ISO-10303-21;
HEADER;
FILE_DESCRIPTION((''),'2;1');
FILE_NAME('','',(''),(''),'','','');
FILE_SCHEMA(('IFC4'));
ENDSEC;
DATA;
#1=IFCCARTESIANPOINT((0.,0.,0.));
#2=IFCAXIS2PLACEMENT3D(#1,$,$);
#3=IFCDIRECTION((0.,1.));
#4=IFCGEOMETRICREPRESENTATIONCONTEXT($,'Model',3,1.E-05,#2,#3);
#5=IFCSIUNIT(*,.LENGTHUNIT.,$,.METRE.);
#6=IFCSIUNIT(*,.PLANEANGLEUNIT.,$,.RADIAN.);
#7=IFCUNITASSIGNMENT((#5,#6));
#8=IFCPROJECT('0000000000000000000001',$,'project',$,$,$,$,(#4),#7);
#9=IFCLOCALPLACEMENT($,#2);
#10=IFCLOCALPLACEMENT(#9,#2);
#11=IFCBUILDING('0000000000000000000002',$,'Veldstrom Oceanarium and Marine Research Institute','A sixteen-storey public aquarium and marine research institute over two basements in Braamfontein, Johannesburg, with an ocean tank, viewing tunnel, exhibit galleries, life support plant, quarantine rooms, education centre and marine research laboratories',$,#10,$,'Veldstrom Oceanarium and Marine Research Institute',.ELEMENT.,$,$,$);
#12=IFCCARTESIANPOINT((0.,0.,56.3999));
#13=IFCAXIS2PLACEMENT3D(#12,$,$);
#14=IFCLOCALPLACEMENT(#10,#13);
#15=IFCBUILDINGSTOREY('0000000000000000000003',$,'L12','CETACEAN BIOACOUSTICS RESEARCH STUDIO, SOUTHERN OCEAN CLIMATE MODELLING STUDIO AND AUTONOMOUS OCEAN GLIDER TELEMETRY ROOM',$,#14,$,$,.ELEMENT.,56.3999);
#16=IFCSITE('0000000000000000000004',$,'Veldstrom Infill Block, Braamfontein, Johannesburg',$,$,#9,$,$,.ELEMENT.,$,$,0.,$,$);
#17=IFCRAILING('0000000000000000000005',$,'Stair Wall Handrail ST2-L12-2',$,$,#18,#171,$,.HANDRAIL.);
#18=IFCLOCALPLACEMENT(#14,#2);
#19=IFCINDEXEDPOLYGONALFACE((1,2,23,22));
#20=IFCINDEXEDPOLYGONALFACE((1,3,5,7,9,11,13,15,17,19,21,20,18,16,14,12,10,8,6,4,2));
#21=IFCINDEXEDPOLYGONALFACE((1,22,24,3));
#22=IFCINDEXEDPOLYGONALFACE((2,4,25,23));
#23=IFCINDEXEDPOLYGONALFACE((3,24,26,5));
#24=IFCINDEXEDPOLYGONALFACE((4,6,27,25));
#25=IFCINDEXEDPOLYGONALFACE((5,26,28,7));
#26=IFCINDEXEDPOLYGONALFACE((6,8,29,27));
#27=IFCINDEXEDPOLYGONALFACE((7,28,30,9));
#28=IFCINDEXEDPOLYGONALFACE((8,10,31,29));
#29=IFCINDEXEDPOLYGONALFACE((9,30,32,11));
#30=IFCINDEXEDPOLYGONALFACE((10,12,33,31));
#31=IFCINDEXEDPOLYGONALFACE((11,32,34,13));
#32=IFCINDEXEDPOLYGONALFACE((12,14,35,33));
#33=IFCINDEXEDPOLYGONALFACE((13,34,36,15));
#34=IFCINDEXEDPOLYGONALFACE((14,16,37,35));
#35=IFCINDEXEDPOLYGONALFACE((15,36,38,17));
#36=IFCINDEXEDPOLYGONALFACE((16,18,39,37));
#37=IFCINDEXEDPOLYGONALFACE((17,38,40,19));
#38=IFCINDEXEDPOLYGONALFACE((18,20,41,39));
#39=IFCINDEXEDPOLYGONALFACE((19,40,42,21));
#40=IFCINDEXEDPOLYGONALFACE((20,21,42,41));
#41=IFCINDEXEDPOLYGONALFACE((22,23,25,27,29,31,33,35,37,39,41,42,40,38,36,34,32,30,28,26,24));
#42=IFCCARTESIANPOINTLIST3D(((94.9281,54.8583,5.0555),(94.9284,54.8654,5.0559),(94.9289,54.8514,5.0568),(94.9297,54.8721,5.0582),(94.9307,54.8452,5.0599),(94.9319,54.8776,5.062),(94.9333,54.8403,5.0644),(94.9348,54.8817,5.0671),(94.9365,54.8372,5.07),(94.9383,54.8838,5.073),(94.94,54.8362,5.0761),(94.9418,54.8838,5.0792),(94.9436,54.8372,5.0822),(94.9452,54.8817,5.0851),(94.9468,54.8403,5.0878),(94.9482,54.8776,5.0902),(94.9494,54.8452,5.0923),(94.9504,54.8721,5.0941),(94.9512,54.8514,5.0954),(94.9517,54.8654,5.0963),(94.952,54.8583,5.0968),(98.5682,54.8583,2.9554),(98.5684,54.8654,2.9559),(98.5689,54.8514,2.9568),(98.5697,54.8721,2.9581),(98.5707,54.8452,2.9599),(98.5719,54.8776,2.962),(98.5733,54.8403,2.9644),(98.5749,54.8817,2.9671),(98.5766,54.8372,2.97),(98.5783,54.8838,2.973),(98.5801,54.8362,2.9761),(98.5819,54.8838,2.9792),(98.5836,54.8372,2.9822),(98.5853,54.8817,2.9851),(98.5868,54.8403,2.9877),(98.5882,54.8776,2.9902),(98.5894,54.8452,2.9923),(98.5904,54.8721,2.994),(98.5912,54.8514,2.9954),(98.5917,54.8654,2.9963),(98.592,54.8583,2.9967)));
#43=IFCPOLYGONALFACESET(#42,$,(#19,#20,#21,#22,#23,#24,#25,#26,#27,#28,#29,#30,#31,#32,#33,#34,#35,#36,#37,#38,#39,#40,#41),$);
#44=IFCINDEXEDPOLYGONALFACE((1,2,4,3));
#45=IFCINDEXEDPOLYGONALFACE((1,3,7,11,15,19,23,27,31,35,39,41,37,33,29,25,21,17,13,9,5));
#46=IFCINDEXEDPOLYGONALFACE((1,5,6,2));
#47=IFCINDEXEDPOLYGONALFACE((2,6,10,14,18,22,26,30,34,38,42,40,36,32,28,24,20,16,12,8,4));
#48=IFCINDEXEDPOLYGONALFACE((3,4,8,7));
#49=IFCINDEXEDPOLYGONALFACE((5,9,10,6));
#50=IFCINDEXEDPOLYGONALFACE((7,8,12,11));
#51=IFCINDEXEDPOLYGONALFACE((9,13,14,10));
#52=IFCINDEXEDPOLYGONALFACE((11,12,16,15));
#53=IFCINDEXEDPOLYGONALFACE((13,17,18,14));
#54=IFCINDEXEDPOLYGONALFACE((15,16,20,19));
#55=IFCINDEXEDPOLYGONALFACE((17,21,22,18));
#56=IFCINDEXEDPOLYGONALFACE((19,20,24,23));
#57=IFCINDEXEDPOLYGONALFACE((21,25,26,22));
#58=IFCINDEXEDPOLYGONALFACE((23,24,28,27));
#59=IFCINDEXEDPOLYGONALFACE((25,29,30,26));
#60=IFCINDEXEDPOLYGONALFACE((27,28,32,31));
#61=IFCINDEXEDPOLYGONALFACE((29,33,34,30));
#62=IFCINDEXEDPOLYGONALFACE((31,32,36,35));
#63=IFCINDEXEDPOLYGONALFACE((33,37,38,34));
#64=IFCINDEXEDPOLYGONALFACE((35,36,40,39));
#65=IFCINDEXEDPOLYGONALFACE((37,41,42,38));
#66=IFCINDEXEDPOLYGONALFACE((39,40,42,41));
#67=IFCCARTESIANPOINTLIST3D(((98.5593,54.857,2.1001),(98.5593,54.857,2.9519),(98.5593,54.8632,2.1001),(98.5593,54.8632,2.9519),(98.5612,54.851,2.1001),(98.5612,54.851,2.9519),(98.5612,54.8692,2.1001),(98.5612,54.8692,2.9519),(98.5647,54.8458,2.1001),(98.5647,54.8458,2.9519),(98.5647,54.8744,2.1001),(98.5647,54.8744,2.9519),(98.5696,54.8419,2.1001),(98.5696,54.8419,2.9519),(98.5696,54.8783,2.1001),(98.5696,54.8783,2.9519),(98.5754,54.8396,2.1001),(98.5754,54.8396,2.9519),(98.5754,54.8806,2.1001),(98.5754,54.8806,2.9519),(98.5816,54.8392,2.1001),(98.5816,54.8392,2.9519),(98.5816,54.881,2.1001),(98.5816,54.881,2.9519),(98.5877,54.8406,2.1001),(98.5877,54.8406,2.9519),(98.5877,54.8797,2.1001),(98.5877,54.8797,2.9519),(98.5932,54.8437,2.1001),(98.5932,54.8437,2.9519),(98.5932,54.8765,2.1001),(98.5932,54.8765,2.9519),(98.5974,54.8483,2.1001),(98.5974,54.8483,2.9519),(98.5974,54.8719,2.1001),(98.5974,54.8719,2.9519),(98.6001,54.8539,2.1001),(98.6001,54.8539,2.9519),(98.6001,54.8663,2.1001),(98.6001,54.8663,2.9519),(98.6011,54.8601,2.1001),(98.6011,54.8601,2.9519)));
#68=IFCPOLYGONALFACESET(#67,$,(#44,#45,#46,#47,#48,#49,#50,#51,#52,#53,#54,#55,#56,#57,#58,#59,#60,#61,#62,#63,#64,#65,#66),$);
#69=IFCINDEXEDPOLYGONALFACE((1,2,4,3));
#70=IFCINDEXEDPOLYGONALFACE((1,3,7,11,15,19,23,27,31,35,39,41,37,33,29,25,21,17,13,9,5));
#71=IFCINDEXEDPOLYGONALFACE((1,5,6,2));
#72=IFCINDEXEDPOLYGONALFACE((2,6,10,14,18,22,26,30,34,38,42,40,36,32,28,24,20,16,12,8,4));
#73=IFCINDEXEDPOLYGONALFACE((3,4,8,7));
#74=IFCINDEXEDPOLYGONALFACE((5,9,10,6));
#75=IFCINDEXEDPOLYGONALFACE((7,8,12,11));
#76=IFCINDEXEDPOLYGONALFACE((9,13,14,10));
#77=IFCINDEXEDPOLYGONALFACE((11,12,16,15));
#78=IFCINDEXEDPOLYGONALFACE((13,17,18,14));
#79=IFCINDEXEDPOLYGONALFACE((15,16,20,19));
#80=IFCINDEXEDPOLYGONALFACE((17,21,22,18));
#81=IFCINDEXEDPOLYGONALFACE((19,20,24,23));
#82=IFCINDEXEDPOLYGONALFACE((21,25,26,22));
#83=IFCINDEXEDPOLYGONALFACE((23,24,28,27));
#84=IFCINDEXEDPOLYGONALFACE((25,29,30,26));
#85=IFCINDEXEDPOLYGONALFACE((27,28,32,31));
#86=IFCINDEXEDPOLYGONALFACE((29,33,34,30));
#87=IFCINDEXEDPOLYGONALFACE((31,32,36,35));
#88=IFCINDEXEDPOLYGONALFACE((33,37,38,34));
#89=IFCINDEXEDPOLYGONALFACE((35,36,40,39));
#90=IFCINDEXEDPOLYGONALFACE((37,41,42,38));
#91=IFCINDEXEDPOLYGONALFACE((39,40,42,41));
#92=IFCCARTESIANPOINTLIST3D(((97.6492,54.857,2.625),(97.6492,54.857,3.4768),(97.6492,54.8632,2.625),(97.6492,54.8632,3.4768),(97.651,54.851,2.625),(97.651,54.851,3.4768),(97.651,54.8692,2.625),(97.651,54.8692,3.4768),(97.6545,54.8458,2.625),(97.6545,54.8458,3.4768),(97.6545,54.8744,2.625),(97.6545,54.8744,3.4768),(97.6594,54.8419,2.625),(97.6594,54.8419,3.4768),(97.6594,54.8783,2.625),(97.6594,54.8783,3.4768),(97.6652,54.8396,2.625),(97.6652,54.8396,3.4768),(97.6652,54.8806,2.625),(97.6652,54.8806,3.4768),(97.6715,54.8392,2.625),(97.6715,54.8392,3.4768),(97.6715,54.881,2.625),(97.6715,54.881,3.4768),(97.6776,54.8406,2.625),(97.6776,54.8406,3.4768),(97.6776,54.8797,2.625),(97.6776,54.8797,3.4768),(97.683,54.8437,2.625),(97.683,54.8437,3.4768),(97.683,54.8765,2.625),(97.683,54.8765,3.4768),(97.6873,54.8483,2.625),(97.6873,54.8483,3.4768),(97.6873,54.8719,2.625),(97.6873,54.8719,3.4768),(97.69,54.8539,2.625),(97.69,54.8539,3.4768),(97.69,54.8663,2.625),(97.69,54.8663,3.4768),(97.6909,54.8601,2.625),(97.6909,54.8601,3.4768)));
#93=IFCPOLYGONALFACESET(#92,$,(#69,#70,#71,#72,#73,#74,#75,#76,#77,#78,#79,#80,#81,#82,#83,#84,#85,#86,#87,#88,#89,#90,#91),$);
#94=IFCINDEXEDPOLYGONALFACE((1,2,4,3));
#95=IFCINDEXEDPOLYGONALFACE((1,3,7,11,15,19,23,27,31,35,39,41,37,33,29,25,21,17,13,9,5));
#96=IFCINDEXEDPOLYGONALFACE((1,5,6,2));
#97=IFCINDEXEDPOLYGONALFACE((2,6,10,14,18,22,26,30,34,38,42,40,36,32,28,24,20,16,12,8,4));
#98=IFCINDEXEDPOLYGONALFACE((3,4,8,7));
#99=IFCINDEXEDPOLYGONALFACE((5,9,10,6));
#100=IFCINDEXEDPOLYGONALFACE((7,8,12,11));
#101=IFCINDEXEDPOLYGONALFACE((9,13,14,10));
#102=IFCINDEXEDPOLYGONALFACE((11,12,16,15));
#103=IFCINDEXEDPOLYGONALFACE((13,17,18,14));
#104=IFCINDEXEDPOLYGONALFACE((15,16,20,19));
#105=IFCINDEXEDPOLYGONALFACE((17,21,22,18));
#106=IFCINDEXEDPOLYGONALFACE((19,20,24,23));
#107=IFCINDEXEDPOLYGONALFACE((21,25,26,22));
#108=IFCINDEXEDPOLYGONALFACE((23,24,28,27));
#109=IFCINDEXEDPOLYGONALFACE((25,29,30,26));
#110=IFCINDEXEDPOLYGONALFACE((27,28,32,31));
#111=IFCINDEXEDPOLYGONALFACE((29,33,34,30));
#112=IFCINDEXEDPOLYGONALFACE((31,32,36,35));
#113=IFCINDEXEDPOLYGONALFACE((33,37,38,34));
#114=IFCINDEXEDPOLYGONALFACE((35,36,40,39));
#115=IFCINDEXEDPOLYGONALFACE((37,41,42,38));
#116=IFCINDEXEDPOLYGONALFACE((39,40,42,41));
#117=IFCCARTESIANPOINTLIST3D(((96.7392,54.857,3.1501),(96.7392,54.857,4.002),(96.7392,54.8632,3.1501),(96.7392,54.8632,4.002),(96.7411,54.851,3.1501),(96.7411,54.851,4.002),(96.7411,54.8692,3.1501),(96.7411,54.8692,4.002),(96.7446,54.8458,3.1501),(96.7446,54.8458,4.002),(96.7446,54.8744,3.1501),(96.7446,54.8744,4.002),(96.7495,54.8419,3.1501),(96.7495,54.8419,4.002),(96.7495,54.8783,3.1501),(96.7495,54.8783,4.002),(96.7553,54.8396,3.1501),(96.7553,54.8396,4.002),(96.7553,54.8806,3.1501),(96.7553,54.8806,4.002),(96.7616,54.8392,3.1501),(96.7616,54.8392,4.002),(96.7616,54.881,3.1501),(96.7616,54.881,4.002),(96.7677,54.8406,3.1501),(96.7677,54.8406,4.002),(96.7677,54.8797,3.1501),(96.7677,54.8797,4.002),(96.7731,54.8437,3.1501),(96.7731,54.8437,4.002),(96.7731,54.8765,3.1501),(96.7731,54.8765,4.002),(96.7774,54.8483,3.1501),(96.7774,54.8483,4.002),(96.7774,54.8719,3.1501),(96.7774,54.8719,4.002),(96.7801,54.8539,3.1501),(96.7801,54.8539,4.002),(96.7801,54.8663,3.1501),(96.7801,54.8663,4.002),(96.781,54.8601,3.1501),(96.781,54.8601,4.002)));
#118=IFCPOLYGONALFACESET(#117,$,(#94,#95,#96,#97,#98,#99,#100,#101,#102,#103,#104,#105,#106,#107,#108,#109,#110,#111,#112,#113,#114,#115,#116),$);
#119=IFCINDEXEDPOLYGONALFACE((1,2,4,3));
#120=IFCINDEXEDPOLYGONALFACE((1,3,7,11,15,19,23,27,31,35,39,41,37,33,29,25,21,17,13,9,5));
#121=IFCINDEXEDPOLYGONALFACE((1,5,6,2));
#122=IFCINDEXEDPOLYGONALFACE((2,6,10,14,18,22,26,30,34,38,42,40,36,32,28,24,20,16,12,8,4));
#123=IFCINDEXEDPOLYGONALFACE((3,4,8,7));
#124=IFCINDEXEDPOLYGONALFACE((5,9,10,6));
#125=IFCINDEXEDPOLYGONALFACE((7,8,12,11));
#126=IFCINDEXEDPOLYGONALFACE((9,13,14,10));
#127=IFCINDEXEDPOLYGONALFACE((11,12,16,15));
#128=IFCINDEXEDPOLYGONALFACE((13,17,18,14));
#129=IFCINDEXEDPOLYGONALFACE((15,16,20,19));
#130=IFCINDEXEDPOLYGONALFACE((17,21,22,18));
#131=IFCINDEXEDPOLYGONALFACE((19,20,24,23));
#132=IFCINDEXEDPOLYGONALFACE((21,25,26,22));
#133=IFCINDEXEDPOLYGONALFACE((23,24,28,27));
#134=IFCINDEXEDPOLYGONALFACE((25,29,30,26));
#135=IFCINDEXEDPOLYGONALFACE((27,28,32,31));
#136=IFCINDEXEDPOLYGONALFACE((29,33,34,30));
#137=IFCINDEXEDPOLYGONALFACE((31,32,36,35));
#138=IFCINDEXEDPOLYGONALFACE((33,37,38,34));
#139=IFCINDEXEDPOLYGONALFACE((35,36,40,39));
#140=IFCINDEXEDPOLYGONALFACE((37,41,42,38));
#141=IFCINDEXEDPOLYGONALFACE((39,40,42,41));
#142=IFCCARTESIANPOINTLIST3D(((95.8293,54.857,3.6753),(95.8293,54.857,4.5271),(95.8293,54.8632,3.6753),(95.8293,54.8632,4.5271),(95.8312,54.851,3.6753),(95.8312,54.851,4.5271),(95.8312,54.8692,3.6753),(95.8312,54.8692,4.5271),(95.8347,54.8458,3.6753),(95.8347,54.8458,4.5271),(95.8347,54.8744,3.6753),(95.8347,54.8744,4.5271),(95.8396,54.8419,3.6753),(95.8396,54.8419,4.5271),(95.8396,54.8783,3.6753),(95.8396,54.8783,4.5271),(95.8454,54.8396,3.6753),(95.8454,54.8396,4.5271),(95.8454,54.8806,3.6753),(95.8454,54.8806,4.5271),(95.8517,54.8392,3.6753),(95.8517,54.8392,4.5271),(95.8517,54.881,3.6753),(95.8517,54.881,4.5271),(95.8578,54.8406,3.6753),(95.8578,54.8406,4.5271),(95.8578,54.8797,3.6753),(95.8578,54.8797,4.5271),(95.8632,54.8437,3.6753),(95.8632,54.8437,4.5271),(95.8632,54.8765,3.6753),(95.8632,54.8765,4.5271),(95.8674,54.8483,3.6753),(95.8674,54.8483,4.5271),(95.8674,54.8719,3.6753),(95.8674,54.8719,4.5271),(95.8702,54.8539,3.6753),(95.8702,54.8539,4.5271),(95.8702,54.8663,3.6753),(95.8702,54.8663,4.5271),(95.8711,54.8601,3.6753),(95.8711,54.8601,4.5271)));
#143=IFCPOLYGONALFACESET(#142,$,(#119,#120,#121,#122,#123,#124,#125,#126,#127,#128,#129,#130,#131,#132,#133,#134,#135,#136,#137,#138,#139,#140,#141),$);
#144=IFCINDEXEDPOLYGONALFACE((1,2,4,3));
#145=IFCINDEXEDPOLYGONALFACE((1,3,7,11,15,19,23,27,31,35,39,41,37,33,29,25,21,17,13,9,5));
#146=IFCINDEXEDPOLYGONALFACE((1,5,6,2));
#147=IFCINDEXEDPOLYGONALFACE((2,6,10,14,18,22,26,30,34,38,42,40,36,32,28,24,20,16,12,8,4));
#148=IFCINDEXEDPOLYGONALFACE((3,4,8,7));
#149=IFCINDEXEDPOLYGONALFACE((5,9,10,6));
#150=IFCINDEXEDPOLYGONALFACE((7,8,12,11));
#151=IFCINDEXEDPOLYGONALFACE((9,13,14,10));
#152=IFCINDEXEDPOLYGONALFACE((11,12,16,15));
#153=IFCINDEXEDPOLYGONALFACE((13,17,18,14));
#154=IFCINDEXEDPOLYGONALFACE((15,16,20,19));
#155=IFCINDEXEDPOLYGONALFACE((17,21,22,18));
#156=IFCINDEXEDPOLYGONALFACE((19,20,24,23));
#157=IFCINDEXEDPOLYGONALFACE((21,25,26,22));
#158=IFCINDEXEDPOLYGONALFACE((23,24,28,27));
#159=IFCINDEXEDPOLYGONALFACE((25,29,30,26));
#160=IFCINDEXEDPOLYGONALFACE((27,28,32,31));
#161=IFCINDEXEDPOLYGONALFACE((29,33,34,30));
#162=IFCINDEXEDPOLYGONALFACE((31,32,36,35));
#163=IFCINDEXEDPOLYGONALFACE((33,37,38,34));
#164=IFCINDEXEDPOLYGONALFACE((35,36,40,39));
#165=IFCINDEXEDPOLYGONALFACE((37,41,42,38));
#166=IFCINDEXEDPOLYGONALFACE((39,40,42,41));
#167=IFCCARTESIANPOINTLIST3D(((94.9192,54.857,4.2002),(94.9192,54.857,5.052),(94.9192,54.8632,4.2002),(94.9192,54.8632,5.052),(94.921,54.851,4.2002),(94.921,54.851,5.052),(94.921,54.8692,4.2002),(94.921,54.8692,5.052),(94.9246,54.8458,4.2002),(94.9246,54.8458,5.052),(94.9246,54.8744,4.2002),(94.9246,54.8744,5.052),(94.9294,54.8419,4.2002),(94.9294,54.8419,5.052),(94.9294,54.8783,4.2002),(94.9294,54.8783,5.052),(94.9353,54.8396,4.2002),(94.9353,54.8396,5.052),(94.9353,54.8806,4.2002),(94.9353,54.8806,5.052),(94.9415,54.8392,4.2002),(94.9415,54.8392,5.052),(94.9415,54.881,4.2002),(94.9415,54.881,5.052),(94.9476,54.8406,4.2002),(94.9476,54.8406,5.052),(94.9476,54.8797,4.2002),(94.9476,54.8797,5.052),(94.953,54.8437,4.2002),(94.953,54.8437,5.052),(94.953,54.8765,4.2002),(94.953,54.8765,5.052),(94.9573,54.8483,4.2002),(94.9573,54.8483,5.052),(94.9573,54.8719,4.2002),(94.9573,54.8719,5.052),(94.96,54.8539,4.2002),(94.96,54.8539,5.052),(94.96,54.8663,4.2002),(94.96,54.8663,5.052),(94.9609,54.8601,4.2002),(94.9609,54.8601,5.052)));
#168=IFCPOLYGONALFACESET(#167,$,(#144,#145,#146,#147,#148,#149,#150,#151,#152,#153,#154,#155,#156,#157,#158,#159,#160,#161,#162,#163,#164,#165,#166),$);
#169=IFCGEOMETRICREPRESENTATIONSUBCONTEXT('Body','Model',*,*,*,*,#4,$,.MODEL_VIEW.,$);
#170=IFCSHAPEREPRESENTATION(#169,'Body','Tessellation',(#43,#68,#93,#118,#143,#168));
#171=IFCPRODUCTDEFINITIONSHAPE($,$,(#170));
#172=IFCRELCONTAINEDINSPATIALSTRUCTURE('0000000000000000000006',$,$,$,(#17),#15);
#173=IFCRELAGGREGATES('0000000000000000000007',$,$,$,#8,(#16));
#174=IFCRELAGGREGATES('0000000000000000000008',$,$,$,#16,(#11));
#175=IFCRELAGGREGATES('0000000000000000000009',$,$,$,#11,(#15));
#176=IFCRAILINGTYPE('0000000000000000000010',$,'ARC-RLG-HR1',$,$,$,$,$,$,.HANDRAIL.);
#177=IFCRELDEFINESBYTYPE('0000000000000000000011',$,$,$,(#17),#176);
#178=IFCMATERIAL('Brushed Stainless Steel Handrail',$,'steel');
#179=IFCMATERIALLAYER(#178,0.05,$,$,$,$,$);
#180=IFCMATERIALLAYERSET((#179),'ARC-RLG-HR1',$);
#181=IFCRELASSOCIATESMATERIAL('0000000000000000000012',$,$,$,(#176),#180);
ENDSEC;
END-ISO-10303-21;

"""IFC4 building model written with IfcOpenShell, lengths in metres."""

from ifc_helpers import new_model, si_unit, direction, frame, origin, origin_2d, place, context, subcontext, project, spatial, circle, extrude, material, layer, layer_set, type_object, element, save


model = new_model("IFC4")

# Units and contexts
model_context = context("Model", 3, precision=1e-05, world=origin(), true_north=direction((0.0, 1.0)))
body_context = subcontext(model_context, "Body", "Model", "MODEL_VIEW")
ifc_project = project(units=[si_unit("LENGTHUNIT", "METRE"), si_unit("PLANEANGLEUNIT", "RADIAN")], contexts=[model_context])

# Site, building, storey
site_placement = place(None, origin())
site = spatial("IfcSite", under=ifc_project, at=site_placement, Name="Veldstrom Infill Block, Braamfontein, Johannesburg", CompositionType="ELEMENT", RefElevation=0.0)
building_placement = place(site_placement, origin())
building = spatial("IfcBuilding", under=site, at=building_placement, Name="Veldstrom Oceanarium and Marine Research Institute", Description="A sixteen-storey public aquarium and marine research institute over two basements in Braamfontein, Johannesburg, with an ocean tank, viewing tunnel, exhibit galleries, life support plant, quarantine rooms, education centre and marine research laboratories", LongName="Veldstrom Oceanarium and Marine Research Institute", CompositionType="ELEMENT")
storey_placement = place(building_placement, frame((0.0, 0.0, 56.3999)))
storey = spatial("IfcBuildingStorey", under=building, at=storey_placement, Name="L12", Description="CETACEAN BIOACOUSTICS RESEARCH STUDIO, SOUTHERN OCEAN CLIMATE MODELLING STUDIO AND AUTONOMOUS OCEAN GLIDER TELEMETRY ROOM", CompositionType="ELEMENT", Elevation=56.3999)

# Railing
ifc_material_1 = material(Name="Brushed Stainless Steel Handrail", Category="steel")
ifc_layer_1 = layer(ifc_material_1, 0.05)
ifc_layer_set_1 = layer_set([ifc_layer_1], Name="ARC-RLG-HR1")
railing_type = type_object("IfcRailingType", Name="ARC-RLG-HR1", PredefinedType="HANDRAIL", material=ifc_layer_set_1)
railing_placement = place(storey_placement, frame((98.5801, 54.8601, 2.1001)))
element("IfcRailing", 1, at=railing_placement, inside=storey, type_object=railing_type, Name="Stair Wall Handrail ST2-L12-2", PredefinedType="HANDRAIL", context=body_context, shape_type="SweptSolid", body=[
    extrude(circle(Radius=0.0239, at=origin_2d()), frame((0.0, 0.0, 0.876), z_axis=(-0.866184, 0.0, 0.499726), x_axis=(0.0, -1.0, 0.0)), (0.0, 0.0, 1.0), 4.2024),
    extrude(circle(Radius=0.021, at=origin_2d()), origin(), (0.0, 0.0, 1.0), 0.8518),
    extrude(circle(Radius=0.021, at=origin_2d()), frame((-0.9102, 0.0, 0.5249)), (0.0, 0.0, 1.0), 0.8518),
    extrude(circle(Radius=0.021, at=origin_2d()), frame((-1.8201, 0.0, 1.05)), (0.0, 0.0, 1.0), 0.8518),
    extrude(circle(Radius=0.021, at=origin_2d()), frame((-2.73, 0.0, 1.5752)), (0.0, 0.0, 1.0), 0.8518),
    extrude(circle(Radius=0.021, at=origin_2d()), frame((-3.6401, 0.0, 2.1001)), (0.0, 0.0, 1.0), 0.8518),
])

save(model, "model.ifc")
